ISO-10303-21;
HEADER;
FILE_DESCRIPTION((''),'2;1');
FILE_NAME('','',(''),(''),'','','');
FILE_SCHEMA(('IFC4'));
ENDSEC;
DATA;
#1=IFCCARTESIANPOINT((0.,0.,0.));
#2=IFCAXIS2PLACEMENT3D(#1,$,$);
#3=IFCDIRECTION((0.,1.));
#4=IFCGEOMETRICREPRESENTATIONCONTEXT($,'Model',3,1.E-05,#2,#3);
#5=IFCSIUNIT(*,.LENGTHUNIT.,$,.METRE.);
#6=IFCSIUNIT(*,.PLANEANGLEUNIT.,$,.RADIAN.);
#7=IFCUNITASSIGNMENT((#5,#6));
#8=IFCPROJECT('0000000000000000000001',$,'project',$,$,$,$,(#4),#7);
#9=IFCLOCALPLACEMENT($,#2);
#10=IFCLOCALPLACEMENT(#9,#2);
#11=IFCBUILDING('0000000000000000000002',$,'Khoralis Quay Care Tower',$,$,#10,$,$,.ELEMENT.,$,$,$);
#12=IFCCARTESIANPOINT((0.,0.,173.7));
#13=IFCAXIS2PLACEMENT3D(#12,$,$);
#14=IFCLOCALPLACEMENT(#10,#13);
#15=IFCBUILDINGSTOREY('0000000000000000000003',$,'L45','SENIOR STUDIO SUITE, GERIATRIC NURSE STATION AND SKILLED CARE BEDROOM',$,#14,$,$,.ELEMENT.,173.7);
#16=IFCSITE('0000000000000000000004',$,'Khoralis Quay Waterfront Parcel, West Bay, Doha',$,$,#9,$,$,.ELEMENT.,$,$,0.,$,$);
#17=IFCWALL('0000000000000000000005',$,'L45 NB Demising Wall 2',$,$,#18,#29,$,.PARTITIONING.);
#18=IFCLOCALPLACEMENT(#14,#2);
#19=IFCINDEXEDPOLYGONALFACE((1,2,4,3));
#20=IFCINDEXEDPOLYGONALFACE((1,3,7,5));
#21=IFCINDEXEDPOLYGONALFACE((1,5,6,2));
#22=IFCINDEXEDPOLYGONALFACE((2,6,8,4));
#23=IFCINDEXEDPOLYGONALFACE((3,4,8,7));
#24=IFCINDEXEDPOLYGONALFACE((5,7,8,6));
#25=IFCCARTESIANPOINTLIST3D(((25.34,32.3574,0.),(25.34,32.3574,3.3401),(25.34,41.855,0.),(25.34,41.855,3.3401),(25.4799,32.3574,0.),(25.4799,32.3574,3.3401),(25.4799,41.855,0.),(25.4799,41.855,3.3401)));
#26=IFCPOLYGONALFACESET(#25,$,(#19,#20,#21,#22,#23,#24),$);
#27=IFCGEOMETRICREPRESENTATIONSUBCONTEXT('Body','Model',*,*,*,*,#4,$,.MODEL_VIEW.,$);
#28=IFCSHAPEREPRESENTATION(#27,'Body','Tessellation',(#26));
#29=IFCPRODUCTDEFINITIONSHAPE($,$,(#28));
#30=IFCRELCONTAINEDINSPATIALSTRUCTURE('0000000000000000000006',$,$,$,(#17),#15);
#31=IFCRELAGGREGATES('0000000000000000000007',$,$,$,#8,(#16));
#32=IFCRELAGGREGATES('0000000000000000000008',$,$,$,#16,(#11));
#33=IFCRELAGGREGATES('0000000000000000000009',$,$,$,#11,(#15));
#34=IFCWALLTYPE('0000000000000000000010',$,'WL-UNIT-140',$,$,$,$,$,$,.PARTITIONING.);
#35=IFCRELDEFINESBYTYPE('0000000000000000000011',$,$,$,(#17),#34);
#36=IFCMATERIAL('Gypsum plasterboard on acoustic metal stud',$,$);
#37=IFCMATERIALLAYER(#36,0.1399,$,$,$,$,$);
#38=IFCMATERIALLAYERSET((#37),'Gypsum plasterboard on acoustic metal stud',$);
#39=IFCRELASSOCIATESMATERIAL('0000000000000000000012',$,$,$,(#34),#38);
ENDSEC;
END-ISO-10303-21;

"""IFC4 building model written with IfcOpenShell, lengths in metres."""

from ifc_helpers import new_model, si_unit, direction, frame, frame_2d, origin, place, context, subcontext, project, spatial, rectangle, extrude, material, layer, layer_set, type_object, element, save


model = new_model("IFC4")

# Units and contexts
model_context = context("Model", 3, precision=1e-05, world=origin(), true_north=direction((0.0, 1.0)))
body_context = subcontext(model_context, "Body", "Model", "MODEL_VIEW")
ifc_project = project(units=[si_unit("LENGTHUNIT", "METRE"), si_unit("PLANEANGLEUNIT", "RADIAN")], contexts=[model_context])

# Site, building, storey
site_placement = place(None, origin())
site = spatial("IfcSite", under=ifc_project, at=site_placement, Name="Khoralis Quay Waterfront Parcel, West Bay, Doha", CompositionType="ELEMENT", RefElevation=0.0)
building_placement = place(site_placement, origin())
building = spatial("IfcBuilding", under=site, at=building_placement, Name="Khoralis Quay Care Tower", CompositionType="ELEMENT")
storey_placement = place(building_placement, frame((0.0, 0.0, 173.7)))
storey = spatial("IfcBuildingStorey", under=building, at=storey_placement, Name="L45", Description="SENIOR STUDIO SUITE, GERIATRIC NURSE STATION AND SKILLED CARE BEDROOM", CompositionType="ELEMENT", Elevation=173.7)

# Shared definitions
ifc_material_1 = material(Name="Gypsum plasterboard on acoustic metal stud")

# Wall
ifc_layer_1 = layer(ifc_material_1, 0.1399)
ifc_layer_set_1 = layer_set([ifc_layer_1], Name="Gypsum plasterboard on acoustic metal stud")
wall_type_1 = type_object("IfcWallType", Name="WL-UNIT-140", PredefinedType="PARTITIONING", material=ifc_layer_set_1)
wall_1_placement = place(storey_placement, frame((25.4099, 32.3574, 0.0), z_axis=(0.0, 0.0, 1.0), x_axis=(0.0, 1.0, 0.0)))
element("IfcWall", 1, at=wall_1_placement, inside=storey, type_object=wall_type_1, Name="L45 NB Demising Wall 2", PredefinedType="PARTITIONING", context=body_context, shape_type="SweptSolid", body=[
    extrude(rectangle(XDim=9.4976, YDim=0.1399, at=frame_2d((4.7488, 0.0))), origin(), (0.0, 0.0, 1.0), 3.3401),
])

save(model, "model.ifc")
